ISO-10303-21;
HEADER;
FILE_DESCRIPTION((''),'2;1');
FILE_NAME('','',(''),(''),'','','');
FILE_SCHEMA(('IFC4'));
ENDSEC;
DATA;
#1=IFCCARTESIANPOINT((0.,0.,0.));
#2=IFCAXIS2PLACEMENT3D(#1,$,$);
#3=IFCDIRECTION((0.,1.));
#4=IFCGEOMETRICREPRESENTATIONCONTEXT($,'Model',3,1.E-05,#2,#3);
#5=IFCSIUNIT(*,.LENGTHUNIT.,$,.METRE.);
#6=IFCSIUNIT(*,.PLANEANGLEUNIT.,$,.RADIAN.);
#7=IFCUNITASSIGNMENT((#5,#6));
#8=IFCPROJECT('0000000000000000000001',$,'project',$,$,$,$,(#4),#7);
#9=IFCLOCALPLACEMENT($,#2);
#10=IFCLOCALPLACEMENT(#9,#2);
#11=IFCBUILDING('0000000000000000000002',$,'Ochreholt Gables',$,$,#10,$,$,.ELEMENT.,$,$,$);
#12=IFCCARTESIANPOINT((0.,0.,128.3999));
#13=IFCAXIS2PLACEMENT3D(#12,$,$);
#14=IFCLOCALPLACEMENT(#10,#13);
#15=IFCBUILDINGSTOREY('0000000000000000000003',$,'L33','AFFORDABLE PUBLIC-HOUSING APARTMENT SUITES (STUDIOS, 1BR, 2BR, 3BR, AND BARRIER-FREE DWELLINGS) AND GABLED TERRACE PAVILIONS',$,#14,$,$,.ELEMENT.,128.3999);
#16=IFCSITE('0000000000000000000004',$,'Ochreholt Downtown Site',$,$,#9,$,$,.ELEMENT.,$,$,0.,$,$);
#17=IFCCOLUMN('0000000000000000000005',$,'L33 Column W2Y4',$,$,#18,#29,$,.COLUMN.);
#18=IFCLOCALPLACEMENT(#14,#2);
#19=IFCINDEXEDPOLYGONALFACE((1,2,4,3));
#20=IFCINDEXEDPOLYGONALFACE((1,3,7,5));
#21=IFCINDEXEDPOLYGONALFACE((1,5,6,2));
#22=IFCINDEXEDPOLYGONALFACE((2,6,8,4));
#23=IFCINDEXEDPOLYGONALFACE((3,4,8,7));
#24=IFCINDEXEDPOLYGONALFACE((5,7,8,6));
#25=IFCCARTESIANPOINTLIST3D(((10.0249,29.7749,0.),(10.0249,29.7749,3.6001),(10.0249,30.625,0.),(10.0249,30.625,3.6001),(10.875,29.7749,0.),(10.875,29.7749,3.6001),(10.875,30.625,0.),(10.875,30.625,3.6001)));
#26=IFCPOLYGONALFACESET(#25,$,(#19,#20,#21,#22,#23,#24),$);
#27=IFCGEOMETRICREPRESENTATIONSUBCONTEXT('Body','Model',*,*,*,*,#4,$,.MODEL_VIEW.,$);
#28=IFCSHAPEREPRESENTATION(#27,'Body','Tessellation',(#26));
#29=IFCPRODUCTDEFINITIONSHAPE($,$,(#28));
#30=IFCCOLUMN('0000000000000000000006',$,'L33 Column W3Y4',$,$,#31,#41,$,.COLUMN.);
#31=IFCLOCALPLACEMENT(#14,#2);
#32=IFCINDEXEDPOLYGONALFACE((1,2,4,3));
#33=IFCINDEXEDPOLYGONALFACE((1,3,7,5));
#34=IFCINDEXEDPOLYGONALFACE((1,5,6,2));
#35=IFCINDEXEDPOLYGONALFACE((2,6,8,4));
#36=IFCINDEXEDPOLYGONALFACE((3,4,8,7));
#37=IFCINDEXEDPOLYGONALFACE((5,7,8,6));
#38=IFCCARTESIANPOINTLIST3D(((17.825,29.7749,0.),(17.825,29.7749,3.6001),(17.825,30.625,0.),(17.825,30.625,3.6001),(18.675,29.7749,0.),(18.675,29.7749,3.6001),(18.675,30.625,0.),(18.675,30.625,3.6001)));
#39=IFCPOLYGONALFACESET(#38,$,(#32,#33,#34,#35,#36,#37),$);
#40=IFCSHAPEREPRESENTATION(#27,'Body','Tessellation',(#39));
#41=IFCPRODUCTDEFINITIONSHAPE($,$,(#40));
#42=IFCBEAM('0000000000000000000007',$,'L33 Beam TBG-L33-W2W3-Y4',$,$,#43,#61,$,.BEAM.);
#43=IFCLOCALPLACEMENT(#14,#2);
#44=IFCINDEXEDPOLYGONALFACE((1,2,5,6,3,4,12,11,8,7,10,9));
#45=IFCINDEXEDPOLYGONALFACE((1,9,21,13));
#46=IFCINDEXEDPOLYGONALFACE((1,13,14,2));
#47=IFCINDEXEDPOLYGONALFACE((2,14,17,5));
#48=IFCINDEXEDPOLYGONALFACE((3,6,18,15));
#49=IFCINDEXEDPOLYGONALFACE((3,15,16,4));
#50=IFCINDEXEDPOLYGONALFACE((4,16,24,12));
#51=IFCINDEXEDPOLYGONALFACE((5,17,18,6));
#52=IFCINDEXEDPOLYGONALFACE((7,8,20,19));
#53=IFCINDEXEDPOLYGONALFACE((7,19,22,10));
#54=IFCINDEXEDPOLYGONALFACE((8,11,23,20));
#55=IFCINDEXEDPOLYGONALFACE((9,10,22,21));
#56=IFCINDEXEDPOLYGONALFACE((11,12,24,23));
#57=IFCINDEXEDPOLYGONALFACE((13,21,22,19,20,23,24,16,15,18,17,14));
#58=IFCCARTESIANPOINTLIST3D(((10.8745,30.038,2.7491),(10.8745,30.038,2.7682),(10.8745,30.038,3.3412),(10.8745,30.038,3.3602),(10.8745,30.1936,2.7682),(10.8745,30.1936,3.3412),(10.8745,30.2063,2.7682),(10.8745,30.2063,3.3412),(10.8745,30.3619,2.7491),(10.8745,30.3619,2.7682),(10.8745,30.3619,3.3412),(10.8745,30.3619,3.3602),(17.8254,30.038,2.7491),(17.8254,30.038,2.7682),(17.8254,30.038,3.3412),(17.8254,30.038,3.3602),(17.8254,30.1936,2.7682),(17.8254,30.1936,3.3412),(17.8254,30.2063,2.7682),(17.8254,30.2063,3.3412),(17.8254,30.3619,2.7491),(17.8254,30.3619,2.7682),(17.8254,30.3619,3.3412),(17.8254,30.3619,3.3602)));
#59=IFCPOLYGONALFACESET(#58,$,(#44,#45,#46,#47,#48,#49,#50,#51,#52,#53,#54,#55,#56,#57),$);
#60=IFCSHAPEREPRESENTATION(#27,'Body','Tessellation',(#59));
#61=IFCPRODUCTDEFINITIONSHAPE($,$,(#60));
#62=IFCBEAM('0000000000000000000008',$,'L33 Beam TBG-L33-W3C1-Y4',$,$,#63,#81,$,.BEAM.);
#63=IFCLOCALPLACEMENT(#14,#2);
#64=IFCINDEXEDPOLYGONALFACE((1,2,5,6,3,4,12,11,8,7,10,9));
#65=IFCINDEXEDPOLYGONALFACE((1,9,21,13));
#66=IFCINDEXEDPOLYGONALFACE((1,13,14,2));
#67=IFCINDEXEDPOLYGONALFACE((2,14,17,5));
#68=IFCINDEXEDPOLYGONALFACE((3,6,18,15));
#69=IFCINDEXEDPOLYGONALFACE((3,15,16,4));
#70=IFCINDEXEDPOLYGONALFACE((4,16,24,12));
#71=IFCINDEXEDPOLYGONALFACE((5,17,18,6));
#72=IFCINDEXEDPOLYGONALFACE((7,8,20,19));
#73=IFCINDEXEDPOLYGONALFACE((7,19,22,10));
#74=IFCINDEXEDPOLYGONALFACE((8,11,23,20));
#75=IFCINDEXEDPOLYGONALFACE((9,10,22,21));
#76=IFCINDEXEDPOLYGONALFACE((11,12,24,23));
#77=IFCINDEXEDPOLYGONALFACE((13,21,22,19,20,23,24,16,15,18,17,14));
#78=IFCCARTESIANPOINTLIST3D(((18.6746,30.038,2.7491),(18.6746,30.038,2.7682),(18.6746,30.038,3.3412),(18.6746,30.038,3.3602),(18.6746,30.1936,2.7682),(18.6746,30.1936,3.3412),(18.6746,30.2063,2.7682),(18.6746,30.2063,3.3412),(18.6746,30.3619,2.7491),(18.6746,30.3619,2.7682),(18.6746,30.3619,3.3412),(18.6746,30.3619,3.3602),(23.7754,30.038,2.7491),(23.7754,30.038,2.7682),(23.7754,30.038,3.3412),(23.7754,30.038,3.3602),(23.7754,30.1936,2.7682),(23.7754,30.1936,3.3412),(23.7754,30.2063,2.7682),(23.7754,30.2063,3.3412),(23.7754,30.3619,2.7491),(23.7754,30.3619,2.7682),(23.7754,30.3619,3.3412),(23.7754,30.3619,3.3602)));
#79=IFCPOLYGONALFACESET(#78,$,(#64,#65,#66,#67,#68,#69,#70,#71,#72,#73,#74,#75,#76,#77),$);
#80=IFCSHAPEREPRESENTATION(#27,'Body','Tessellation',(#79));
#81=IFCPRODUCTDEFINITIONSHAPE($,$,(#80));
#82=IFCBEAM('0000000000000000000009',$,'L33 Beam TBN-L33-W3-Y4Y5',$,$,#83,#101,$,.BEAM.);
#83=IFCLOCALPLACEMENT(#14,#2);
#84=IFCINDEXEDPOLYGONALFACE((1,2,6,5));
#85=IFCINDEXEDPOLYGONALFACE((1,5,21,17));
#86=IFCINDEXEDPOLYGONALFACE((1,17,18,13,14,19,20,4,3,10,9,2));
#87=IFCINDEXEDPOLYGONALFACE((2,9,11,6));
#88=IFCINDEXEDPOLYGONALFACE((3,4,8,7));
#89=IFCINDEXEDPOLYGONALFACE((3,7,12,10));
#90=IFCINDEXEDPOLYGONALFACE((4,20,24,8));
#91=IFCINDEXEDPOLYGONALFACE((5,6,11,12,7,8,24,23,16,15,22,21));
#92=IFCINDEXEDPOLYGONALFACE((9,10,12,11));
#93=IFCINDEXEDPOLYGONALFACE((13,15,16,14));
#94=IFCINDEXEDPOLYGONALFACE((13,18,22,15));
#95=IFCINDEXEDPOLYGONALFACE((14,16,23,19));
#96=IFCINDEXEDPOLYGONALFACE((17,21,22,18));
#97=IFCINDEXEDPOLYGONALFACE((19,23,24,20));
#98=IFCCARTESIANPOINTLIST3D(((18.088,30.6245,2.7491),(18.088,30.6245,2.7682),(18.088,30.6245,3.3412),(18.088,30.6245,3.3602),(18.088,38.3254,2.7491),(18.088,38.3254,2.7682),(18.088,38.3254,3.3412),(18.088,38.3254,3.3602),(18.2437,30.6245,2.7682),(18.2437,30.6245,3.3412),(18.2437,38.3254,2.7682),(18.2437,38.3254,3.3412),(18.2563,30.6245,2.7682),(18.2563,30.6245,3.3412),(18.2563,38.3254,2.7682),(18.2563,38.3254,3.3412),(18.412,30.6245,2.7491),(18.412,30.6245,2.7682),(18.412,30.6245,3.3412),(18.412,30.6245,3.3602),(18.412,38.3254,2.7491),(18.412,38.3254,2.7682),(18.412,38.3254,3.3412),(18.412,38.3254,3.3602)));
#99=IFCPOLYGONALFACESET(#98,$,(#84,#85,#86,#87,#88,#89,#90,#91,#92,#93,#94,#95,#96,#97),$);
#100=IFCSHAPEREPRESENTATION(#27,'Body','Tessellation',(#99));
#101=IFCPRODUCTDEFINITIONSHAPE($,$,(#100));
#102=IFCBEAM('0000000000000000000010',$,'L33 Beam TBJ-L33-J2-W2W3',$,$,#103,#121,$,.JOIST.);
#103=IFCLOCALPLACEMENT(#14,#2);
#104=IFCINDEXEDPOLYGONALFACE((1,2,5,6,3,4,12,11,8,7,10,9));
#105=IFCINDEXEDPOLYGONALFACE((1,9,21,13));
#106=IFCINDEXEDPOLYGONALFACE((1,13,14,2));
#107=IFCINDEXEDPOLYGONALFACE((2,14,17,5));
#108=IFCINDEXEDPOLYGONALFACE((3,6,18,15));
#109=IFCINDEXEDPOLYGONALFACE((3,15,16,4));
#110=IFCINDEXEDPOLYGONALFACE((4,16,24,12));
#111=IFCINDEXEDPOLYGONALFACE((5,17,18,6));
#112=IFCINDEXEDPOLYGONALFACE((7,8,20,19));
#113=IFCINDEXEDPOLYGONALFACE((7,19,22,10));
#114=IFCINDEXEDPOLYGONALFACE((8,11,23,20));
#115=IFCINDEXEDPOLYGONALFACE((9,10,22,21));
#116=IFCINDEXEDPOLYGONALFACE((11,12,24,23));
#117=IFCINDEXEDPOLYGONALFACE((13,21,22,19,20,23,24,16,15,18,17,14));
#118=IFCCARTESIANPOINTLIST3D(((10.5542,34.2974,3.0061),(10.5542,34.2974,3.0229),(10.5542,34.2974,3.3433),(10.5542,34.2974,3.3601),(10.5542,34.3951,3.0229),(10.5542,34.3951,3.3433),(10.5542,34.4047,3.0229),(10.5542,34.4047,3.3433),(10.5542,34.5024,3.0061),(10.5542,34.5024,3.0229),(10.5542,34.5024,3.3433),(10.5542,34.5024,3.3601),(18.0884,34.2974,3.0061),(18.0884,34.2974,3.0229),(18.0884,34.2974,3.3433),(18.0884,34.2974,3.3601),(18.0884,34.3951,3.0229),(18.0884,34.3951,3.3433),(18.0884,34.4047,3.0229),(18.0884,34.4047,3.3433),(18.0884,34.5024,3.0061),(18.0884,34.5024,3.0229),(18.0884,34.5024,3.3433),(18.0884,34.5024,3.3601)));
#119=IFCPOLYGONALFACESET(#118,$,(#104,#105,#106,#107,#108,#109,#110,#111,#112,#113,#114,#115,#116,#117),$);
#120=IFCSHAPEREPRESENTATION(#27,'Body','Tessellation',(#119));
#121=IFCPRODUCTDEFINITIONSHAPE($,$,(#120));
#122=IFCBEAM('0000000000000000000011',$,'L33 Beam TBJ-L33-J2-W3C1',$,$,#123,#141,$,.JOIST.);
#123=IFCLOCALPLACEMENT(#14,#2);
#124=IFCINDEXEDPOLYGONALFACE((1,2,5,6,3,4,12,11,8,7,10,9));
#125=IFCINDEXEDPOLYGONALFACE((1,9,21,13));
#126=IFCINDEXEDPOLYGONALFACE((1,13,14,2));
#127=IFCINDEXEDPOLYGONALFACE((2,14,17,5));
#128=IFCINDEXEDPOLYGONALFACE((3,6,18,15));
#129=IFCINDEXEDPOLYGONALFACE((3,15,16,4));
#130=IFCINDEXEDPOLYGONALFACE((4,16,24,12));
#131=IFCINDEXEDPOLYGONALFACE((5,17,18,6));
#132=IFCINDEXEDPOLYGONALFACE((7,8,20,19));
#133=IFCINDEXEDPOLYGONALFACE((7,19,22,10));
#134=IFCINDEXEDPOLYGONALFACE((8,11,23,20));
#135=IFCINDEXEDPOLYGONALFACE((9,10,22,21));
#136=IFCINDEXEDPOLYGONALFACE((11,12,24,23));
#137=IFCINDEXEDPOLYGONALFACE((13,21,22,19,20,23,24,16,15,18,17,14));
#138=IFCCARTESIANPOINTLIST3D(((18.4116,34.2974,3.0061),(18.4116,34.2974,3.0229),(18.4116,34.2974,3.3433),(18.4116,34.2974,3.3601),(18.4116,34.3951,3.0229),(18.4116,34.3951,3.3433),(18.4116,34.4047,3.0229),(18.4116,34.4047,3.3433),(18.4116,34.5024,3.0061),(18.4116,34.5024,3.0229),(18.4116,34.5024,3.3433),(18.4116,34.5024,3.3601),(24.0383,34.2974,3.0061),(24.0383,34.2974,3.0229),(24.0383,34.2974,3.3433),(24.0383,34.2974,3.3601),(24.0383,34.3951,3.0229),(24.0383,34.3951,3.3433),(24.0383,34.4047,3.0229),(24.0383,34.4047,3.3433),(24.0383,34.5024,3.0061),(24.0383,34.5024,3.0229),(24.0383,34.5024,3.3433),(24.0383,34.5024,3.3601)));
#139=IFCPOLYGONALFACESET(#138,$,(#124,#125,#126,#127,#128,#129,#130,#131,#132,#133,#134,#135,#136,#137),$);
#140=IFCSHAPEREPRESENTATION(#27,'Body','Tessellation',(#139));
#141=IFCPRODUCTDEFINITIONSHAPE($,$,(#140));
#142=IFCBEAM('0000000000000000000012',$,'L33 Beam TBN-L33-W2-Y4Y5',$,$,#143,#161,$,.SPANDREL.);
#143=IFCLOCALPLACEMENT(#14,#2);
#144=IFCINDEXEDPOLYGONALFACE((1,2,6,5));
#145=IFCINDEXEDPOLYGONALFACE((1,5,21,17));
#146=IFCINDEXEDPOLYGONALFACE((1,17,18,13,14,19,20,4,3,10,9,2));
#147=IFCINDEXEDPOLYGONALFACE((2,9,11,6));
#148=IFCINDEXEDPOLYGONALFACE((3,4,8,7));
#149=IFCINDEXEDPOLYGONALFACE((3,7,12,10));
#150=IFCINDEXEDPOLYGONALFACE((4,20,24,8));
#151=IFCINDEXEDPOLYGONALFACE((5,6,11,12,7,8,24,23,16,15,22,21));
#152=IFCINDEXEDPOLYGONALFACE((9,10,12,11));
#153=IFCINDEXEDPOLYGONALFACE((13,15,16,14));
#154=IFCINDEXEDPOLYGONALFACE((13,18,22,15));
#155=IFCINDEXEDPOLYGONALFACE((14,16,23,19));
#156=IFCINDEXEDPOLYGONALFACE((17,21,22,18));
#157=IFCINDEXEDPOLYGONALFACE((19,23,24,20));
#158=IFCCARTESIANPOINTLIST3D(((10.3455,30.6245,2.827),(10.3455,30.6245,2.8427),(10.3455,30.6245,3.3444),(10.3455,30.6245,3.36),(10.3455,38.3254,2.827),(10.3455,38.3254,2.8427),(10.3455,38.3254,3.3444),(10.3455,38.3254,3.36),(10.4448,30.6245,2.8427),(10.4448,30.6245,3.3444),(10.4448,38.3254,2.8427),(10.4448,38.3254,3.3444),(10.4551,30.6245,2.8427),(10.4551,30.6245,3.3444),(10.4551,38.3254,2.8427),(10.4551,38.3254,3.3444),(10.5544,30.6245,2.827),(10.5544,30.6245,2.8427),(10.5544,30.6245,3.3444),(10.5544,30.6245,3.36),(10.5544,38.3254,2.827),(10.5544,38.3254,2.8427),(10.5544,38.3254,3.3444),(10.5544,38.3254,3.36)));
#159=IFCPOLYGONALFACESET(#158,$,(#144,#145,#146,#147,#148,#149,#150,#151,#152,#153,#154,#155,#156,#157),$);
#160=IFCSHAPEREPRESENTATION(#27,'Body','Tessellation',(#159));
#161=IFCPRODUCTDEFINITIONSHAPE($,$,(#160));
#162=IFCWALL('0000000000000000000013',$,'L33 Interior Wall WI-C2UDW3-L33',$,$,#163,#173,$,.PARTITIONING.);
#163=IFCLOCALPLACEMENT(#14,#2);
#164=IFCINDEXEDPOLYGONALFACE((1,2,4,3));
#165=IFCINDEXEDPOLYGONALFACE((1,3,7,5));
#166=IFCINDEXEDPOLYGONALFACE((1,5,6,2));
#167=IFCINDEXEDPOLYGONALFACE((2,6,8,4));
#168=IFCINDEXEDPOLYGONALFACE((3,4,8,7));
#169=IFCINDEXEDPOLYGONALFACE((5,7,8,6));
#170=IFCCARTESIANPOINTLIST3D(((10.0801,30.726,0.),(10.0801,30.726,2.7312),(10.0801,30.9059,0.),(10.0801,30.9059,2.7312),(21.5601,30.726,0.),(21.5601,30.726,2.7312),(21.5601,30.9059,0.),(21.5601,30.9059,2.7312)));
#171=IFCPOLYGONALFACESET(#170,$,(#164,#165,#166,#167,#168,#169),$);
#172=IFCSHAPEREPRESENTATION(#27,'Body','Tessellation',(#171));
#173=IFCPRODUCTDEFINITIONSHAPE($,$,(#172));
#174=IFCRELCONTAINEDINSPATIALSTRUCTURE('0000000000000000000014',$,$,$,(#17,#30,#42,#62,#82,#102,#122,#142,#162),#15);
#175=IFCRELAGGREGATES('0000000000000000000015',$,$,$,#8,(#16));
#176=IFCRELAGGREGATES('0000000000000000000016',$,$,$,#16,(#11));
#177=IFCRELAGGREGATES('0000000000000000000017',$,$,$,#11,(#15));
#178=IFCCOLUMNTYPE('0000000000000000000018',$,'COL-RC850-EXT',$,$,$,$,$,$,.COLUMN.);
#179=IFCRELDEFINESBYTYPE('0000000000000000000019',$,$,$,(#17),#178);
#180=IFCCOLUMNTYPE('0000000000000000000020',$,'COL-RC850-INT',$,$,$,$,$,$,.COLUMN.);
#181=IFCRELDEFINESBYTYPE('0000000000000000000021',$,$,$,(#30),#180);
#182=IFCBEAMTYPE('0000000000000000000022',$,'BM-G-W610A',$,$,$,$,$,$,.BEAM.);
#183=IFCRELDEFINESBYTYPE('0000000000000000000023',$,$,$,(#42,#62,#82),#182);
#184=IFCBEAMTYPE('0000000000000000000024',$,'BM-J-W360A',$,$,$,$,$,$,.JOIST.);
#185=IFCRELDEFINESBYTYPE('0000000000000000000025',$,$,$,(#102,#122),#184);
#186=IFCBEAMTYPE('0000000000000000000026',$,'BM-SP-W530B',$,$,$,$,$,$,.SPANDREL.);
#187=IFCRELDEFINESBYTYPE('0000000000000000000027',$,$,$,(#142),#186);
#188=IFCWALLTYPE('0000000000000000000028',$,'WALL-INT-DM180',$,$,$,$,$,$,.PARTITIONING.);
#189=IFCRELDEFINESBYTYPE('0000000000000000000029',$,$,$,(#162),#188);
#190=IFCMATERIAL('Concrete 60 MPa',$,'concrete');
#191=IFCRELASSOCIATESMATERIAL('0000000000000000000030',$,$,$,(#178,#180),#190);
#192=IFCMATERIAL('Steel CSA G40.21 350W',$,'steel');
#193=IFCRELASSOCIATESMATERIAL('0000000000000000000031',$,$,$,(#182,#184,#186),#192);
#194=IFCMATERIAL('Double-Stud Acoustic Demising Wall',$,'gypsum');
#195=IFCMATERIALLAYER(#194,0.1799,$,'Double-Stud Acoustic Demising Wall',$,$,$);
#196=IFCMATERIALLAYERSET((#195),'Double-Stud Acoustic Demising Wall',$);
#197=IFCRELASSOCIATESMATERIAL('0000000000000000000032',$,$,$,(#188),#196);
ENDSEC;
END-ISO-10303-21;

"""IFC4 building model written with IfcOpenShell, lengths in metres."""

from ifc_helpers import new_model, si_unit, direction, frame, frame_2d, origin, origin_2d, place, context, subcontext, project, spatial, rectangle, i_section, extrude, material, layer, layer_set, material_profile, profile_set, type_object, element, save


model = new_model("IFC4")

# Units and contexts
model_context = context("Model", 3, precision=1e-05, world=origin(), true_north=direction((0.0, 1.0)))
body_context = subcontext(model_context, "Body", "Model", "MODEL_VIEW")
ifc_project = project(units=[si_unit("LENGTHUNIT", "METRE"), si_unit("PLANEANGLEUNIT", "RADIAN")], contexts=[model_context])

# Site, building, storey
site_placement = place(None, origin())
site = spatial("IfcSite", under=ifc_project, at=site_placement, Name="Ochreholt Downtown Site", CompositionType="ELEMENT", RefElevation=0.0)
building_placement = place(site_placement, origin())
building = spatial("IfcBuilding", under=site, at=building_placement, Name="Ochreholt Gables", CompositionType="ELEMENT")
storey_placement = place(building_placement, frame((0.0, 0.0, 128.3999)))
storey = spatial("IfcBuildingStorey", under=building, at=storey_placement, Name="L33", Description="AFFORDABLE PUBLIC-HOUSING APARTMENT SUITES (STUDIOS, 1BR, 2BR, 3BR, AND BARRIER-FREE DWELLINGS) AND GABLED TERRACE PAVILIONS", CompositionType="ELEMENT", Elevation=128.3999)

# Columns
ifc_material_1 = material(Name="Concrete 60 MPa", Category="concrete")
ifc_material_profile_1 = material_profile(ifc_material_1, rectangle(XDim=0.8501, YDim=0.8501, at=origin_2d()), Name="RC850X850")
ifc_profile_set_1 = profile_set([ifc_material_profile_1], Name="Concrete 60 MPa")
column_type_1 = type_object("IfcColumnType", Name="COL-RC850-EXT", PredefinedType="COLUMN", material=ifc_profile_set_1)
column_1_placement = place(storey_placement, frame((10.45, 30.2, 0.0), z_axis=(0.0, 0.0, 1.0), x_axis=(1.0, 0.0, 0.0)))
element("IfcColumn", 1, at=column_1_placement, inside=storey, type_object=column_type_1, Name="L33 Column W2Y4", PredefinedType="COLUMN", context=body_context, shape_type="SweptSolid", body=[
    extrude(rectangle(XDim=0.8501, YDim=0.8501, at=origin_2d()), origin(), (0.0, 0.0, 1.0), 3.6001),
])
ifc_material_profile_2 = material_profile(ifc_material_1, rectangle(XDim=0.8501, YDim=0.8501, at=origin_2d()), Name="RC850X850")
ifc_profile_set_2 = profile_set([ifc_material_profile_2], Name="Concrete 60 MPa")
column_type_2 = type_object("IfcColumnType", Name="COL-RC850-INT", PredefinedType="COLUMN", material=ifc_profile_set_2)
column_2_placement = place(storey_placement, frame((18.25, 30.2, 0.0), z_axis=(0.0, 0.0, 1.0), x_axis=(1.0, 0.0, 0.0)))
element("IfcColumn", 2, at=column_2_placement, inside=storey, type_object=column_type_2, Name="L33 Column W3Y4", PredefinedType="COLUMN", context=body_context, shape_type="SweptSolid", body=[
    extrude(rectangle(XDim=0.8501, YDim=0.8501, at=origin_2d()), origin(), (0.0, 0.0, 1.0), 3.6001),
])

# Beams
ifc_material_2 = material(Name="Steel CSA G40.21 350W", Category="steel")
ifc_material_profile_3 = material_profile(ifc_material_2, i_section(OverallWidth=0.324, OverallDepth=0.6111, WebThickness=0.0127, FlangeThickness=0.019, at=origin_2d()), Name="W610X155")
ifc_profile_set_3 = profile_set([ifc_material_profile_3], Name="Steel CSA G40.21 350W")
beam_type_1 = type_object("IfcBeamType", Name="BM-G-W610A", PredefinedType="BEAM", material=ifc_profile_set_3)
beam_1_placement = place(storey_placement, frame((10.8745, 30.2, 3.0547), z_axis=(1.0, 0.0, 0.0), x_axis=(0.0, 1.0, 0.0)))
element("IfcBeam", 3, at=beam_1_placement, inside=storey, type_object=beam_type_1, Name="L33 Beam TBG-L33-W2W3-Y4", PredefinedType="BEAM", context=body_context, shape_type="SweptSolid", body=[
    extrude(i_section(OverallWidth=0.324, OverallDepth=0.6111, WebThickness=0.0127, FlangeThickness=0.019, at=origin_2d()), origin(), (0.0, 0.0, 1.0), 6.9509),
])
beam_2_placement = place(storey_placement, frame((18.6746, 30.2, 3.0547), z_axis=(1.0, 0.0, 0.0), x_axis=(0.0, 1.0, 0.0)))
element("IfcBeam", 4, at=beam_2_placement, inside=storey, type_object=beam_type_1, Name="L33 Beam TBG-L33-W3C1-Y4", PredefinedType="BEAM", context=body_context, shape_type="SweptSolid", body=[
    extrude(i_section(OverallWidth=0.324, OverallDepth=0.6111, WebThickness=0.0127, FlangeThickness=0.019, at=origin_2d()), origin(), (0.0, 0.0, 1.0), 5.1008),
])
beam_3_placement = place(storey_placement, frame((18.25, 30.6245, 3.0547), z_axis=(0.0, 1.0, 0.0), x_axis=(-1.0, 0.0, 0.0)))
element("IfcBeam", 5, at=beam_3_placement, inside=storey, type_object=beam_type_1, Name="L33 Beam TBN-L33-W3-Y4Y5", PredefinedType="BEAM", context=body_context, shape_type="SweptSolid", body=[
    extrude(i_section(OverallWidth=0.324, OverallDepth=0.6111, WebThickness=0.0127, FlangeThickness=0.019, at=origin_2d()), origin(), (0.0, 0.0, 1.0), 7.7009),
])
ifc_material_profile_4 = material_profile(ifc_material_2, i_section(OverallWidth=0.2051, OverallDepth=0.354, WebThickness=0.0095, FlangeThickness=0.0168, at=origin_2d()), Name="W360X79")
ifc_profile_set_4 = profile_set([ifc_material_profile_4], Name="Steel CSA G40.21 350W")
beam_type_2 = type_object("IfcBeamType", Name="BM-J-W360A", PredefinedType="JOIST", material=ifc_profile_set_4)
beam_4_placement = place(storey_placement, frame((10.5542, 34.3999, 3.1831), z_axis=(1.0, 0.0, 0.0), x_axis=(0.0, 1.0, 0.0)))
element("IfcBeam", 6, at=beam_4_placement, inside=storey, type_object=beam_type_2, Name="L33 Beam TBJ-L33-J2-W2W3", PredefinedType="JOIST", context=body_context, shape_type="SweptSolid", body=[
    extrude(i_section(OverallWidth=0.2051, OverallDepth=0.354, WebThickness=0.0095, FlangeThickness=0.0168, at=origin_2d()), origin(), (0.0, 0.0, 1.0), 7.5342),
])
beam_5_placement = place(storey_placement, frame((18.4116, 34.3999, 3.1831), z_axis=(1.0, 0.0, 0.0), x_axis=(0.0, 1.0, 0.0)))
element("IfcBeam", 7, at=beam_5_placement, inside=storey, type_object=beam_type_2, Name="L33 Beam TBJ-L33-J2-W3C1", PredefinedType="JOIST", context=body_context, shape_type="SweptSolid", body=[
    extrude(i_section(OverallWidth=0.2051, OverallDepth=0.354, WebThickness=0.0095, FlangeThickness=0.0168, at=origin_2d()), origin(), (0.0, 0.0, 1.0), 5.6267),
])
ifc_material_profile_5 = material_profile(ifc_material_2, i_section(OverallWidth=0.209, OverallDepth=0.533, WebThickness=0.0103, FlangeThickness=0.0156, at=origin_2d()), Name="W530X92")
ifc_profile_set_5 = profile_set([ifc_material_profile_5], Name="Steel CSA G40.21 350W")
beam_type_3 = type_object("IfcBeamType", Name="BM-SP-W530B", PredefinedType="SPANDREL", material=ifc_profile_set_5)
beam_6_placement = place(storey_placement, frame((10.45, 30.6245, 3.0935), z_axis=(0.0, 1.0, 0.0), x_axis=(-1.0, 0.0, 0.0)))
element("IfcBeam", 8, at=beam_6_placement, inside=storey, type_object=beam_type_3, Name="L33 Beam TBN-L33-W2-Y4Y5", PredefinedType="SPANDREL", context=body_context, shape_type="SweptSolid", body=[
    extrude(i_section(OverallWidth=0.209, OverallDepth=0.533, WebThickness=0.0103, FlangeThickness=0.0156, at=origin_2d()), origin(), (0.0, 0.0, 1.0), 7.7009),
])

# Wall
ifc_material_3 = material(Name="Double-Stud Acoustic Demising Wall", Category="gypsum")
ifc_layer_1 = layer(ifc_material_3, 0.1799, Name="Double-Stud Acoustic Demising Wall")
ifc_layer_set_1 = layer_set([ifc_layer_1], Name="Double-Stud Acoustic Demising Wall")
wall_type_1 = type_object("IfcWallType", Name="WALL-INT-DM180", PredefinedType="PARTITIONING", material=ifc_layer_set_1)
wall_1_placement = place(storey_placement, frame((10.0801, 30.8159, 0.0), z_axis=(0.0, 0.0, 1.0), x_axis=(1.0, 0.0, 0.0)))
element("IfcWall", 9, at=wall_1_placement, inside=storey, type_object=wall_type_1, Name="L33 Interior Wall WI-C2UDW3-L33", PredefinedType="PARTITIONING", context=body_context, shape_type="SweptSolid", body=[
    extrude(rectangle(XDim=11.48, YDim=0.1799, at=frame_2d((5.74, 0.0))), origin(), (0.0, 0.0, 1.0), 2.7312),
])

save(model, "model.ifc")
